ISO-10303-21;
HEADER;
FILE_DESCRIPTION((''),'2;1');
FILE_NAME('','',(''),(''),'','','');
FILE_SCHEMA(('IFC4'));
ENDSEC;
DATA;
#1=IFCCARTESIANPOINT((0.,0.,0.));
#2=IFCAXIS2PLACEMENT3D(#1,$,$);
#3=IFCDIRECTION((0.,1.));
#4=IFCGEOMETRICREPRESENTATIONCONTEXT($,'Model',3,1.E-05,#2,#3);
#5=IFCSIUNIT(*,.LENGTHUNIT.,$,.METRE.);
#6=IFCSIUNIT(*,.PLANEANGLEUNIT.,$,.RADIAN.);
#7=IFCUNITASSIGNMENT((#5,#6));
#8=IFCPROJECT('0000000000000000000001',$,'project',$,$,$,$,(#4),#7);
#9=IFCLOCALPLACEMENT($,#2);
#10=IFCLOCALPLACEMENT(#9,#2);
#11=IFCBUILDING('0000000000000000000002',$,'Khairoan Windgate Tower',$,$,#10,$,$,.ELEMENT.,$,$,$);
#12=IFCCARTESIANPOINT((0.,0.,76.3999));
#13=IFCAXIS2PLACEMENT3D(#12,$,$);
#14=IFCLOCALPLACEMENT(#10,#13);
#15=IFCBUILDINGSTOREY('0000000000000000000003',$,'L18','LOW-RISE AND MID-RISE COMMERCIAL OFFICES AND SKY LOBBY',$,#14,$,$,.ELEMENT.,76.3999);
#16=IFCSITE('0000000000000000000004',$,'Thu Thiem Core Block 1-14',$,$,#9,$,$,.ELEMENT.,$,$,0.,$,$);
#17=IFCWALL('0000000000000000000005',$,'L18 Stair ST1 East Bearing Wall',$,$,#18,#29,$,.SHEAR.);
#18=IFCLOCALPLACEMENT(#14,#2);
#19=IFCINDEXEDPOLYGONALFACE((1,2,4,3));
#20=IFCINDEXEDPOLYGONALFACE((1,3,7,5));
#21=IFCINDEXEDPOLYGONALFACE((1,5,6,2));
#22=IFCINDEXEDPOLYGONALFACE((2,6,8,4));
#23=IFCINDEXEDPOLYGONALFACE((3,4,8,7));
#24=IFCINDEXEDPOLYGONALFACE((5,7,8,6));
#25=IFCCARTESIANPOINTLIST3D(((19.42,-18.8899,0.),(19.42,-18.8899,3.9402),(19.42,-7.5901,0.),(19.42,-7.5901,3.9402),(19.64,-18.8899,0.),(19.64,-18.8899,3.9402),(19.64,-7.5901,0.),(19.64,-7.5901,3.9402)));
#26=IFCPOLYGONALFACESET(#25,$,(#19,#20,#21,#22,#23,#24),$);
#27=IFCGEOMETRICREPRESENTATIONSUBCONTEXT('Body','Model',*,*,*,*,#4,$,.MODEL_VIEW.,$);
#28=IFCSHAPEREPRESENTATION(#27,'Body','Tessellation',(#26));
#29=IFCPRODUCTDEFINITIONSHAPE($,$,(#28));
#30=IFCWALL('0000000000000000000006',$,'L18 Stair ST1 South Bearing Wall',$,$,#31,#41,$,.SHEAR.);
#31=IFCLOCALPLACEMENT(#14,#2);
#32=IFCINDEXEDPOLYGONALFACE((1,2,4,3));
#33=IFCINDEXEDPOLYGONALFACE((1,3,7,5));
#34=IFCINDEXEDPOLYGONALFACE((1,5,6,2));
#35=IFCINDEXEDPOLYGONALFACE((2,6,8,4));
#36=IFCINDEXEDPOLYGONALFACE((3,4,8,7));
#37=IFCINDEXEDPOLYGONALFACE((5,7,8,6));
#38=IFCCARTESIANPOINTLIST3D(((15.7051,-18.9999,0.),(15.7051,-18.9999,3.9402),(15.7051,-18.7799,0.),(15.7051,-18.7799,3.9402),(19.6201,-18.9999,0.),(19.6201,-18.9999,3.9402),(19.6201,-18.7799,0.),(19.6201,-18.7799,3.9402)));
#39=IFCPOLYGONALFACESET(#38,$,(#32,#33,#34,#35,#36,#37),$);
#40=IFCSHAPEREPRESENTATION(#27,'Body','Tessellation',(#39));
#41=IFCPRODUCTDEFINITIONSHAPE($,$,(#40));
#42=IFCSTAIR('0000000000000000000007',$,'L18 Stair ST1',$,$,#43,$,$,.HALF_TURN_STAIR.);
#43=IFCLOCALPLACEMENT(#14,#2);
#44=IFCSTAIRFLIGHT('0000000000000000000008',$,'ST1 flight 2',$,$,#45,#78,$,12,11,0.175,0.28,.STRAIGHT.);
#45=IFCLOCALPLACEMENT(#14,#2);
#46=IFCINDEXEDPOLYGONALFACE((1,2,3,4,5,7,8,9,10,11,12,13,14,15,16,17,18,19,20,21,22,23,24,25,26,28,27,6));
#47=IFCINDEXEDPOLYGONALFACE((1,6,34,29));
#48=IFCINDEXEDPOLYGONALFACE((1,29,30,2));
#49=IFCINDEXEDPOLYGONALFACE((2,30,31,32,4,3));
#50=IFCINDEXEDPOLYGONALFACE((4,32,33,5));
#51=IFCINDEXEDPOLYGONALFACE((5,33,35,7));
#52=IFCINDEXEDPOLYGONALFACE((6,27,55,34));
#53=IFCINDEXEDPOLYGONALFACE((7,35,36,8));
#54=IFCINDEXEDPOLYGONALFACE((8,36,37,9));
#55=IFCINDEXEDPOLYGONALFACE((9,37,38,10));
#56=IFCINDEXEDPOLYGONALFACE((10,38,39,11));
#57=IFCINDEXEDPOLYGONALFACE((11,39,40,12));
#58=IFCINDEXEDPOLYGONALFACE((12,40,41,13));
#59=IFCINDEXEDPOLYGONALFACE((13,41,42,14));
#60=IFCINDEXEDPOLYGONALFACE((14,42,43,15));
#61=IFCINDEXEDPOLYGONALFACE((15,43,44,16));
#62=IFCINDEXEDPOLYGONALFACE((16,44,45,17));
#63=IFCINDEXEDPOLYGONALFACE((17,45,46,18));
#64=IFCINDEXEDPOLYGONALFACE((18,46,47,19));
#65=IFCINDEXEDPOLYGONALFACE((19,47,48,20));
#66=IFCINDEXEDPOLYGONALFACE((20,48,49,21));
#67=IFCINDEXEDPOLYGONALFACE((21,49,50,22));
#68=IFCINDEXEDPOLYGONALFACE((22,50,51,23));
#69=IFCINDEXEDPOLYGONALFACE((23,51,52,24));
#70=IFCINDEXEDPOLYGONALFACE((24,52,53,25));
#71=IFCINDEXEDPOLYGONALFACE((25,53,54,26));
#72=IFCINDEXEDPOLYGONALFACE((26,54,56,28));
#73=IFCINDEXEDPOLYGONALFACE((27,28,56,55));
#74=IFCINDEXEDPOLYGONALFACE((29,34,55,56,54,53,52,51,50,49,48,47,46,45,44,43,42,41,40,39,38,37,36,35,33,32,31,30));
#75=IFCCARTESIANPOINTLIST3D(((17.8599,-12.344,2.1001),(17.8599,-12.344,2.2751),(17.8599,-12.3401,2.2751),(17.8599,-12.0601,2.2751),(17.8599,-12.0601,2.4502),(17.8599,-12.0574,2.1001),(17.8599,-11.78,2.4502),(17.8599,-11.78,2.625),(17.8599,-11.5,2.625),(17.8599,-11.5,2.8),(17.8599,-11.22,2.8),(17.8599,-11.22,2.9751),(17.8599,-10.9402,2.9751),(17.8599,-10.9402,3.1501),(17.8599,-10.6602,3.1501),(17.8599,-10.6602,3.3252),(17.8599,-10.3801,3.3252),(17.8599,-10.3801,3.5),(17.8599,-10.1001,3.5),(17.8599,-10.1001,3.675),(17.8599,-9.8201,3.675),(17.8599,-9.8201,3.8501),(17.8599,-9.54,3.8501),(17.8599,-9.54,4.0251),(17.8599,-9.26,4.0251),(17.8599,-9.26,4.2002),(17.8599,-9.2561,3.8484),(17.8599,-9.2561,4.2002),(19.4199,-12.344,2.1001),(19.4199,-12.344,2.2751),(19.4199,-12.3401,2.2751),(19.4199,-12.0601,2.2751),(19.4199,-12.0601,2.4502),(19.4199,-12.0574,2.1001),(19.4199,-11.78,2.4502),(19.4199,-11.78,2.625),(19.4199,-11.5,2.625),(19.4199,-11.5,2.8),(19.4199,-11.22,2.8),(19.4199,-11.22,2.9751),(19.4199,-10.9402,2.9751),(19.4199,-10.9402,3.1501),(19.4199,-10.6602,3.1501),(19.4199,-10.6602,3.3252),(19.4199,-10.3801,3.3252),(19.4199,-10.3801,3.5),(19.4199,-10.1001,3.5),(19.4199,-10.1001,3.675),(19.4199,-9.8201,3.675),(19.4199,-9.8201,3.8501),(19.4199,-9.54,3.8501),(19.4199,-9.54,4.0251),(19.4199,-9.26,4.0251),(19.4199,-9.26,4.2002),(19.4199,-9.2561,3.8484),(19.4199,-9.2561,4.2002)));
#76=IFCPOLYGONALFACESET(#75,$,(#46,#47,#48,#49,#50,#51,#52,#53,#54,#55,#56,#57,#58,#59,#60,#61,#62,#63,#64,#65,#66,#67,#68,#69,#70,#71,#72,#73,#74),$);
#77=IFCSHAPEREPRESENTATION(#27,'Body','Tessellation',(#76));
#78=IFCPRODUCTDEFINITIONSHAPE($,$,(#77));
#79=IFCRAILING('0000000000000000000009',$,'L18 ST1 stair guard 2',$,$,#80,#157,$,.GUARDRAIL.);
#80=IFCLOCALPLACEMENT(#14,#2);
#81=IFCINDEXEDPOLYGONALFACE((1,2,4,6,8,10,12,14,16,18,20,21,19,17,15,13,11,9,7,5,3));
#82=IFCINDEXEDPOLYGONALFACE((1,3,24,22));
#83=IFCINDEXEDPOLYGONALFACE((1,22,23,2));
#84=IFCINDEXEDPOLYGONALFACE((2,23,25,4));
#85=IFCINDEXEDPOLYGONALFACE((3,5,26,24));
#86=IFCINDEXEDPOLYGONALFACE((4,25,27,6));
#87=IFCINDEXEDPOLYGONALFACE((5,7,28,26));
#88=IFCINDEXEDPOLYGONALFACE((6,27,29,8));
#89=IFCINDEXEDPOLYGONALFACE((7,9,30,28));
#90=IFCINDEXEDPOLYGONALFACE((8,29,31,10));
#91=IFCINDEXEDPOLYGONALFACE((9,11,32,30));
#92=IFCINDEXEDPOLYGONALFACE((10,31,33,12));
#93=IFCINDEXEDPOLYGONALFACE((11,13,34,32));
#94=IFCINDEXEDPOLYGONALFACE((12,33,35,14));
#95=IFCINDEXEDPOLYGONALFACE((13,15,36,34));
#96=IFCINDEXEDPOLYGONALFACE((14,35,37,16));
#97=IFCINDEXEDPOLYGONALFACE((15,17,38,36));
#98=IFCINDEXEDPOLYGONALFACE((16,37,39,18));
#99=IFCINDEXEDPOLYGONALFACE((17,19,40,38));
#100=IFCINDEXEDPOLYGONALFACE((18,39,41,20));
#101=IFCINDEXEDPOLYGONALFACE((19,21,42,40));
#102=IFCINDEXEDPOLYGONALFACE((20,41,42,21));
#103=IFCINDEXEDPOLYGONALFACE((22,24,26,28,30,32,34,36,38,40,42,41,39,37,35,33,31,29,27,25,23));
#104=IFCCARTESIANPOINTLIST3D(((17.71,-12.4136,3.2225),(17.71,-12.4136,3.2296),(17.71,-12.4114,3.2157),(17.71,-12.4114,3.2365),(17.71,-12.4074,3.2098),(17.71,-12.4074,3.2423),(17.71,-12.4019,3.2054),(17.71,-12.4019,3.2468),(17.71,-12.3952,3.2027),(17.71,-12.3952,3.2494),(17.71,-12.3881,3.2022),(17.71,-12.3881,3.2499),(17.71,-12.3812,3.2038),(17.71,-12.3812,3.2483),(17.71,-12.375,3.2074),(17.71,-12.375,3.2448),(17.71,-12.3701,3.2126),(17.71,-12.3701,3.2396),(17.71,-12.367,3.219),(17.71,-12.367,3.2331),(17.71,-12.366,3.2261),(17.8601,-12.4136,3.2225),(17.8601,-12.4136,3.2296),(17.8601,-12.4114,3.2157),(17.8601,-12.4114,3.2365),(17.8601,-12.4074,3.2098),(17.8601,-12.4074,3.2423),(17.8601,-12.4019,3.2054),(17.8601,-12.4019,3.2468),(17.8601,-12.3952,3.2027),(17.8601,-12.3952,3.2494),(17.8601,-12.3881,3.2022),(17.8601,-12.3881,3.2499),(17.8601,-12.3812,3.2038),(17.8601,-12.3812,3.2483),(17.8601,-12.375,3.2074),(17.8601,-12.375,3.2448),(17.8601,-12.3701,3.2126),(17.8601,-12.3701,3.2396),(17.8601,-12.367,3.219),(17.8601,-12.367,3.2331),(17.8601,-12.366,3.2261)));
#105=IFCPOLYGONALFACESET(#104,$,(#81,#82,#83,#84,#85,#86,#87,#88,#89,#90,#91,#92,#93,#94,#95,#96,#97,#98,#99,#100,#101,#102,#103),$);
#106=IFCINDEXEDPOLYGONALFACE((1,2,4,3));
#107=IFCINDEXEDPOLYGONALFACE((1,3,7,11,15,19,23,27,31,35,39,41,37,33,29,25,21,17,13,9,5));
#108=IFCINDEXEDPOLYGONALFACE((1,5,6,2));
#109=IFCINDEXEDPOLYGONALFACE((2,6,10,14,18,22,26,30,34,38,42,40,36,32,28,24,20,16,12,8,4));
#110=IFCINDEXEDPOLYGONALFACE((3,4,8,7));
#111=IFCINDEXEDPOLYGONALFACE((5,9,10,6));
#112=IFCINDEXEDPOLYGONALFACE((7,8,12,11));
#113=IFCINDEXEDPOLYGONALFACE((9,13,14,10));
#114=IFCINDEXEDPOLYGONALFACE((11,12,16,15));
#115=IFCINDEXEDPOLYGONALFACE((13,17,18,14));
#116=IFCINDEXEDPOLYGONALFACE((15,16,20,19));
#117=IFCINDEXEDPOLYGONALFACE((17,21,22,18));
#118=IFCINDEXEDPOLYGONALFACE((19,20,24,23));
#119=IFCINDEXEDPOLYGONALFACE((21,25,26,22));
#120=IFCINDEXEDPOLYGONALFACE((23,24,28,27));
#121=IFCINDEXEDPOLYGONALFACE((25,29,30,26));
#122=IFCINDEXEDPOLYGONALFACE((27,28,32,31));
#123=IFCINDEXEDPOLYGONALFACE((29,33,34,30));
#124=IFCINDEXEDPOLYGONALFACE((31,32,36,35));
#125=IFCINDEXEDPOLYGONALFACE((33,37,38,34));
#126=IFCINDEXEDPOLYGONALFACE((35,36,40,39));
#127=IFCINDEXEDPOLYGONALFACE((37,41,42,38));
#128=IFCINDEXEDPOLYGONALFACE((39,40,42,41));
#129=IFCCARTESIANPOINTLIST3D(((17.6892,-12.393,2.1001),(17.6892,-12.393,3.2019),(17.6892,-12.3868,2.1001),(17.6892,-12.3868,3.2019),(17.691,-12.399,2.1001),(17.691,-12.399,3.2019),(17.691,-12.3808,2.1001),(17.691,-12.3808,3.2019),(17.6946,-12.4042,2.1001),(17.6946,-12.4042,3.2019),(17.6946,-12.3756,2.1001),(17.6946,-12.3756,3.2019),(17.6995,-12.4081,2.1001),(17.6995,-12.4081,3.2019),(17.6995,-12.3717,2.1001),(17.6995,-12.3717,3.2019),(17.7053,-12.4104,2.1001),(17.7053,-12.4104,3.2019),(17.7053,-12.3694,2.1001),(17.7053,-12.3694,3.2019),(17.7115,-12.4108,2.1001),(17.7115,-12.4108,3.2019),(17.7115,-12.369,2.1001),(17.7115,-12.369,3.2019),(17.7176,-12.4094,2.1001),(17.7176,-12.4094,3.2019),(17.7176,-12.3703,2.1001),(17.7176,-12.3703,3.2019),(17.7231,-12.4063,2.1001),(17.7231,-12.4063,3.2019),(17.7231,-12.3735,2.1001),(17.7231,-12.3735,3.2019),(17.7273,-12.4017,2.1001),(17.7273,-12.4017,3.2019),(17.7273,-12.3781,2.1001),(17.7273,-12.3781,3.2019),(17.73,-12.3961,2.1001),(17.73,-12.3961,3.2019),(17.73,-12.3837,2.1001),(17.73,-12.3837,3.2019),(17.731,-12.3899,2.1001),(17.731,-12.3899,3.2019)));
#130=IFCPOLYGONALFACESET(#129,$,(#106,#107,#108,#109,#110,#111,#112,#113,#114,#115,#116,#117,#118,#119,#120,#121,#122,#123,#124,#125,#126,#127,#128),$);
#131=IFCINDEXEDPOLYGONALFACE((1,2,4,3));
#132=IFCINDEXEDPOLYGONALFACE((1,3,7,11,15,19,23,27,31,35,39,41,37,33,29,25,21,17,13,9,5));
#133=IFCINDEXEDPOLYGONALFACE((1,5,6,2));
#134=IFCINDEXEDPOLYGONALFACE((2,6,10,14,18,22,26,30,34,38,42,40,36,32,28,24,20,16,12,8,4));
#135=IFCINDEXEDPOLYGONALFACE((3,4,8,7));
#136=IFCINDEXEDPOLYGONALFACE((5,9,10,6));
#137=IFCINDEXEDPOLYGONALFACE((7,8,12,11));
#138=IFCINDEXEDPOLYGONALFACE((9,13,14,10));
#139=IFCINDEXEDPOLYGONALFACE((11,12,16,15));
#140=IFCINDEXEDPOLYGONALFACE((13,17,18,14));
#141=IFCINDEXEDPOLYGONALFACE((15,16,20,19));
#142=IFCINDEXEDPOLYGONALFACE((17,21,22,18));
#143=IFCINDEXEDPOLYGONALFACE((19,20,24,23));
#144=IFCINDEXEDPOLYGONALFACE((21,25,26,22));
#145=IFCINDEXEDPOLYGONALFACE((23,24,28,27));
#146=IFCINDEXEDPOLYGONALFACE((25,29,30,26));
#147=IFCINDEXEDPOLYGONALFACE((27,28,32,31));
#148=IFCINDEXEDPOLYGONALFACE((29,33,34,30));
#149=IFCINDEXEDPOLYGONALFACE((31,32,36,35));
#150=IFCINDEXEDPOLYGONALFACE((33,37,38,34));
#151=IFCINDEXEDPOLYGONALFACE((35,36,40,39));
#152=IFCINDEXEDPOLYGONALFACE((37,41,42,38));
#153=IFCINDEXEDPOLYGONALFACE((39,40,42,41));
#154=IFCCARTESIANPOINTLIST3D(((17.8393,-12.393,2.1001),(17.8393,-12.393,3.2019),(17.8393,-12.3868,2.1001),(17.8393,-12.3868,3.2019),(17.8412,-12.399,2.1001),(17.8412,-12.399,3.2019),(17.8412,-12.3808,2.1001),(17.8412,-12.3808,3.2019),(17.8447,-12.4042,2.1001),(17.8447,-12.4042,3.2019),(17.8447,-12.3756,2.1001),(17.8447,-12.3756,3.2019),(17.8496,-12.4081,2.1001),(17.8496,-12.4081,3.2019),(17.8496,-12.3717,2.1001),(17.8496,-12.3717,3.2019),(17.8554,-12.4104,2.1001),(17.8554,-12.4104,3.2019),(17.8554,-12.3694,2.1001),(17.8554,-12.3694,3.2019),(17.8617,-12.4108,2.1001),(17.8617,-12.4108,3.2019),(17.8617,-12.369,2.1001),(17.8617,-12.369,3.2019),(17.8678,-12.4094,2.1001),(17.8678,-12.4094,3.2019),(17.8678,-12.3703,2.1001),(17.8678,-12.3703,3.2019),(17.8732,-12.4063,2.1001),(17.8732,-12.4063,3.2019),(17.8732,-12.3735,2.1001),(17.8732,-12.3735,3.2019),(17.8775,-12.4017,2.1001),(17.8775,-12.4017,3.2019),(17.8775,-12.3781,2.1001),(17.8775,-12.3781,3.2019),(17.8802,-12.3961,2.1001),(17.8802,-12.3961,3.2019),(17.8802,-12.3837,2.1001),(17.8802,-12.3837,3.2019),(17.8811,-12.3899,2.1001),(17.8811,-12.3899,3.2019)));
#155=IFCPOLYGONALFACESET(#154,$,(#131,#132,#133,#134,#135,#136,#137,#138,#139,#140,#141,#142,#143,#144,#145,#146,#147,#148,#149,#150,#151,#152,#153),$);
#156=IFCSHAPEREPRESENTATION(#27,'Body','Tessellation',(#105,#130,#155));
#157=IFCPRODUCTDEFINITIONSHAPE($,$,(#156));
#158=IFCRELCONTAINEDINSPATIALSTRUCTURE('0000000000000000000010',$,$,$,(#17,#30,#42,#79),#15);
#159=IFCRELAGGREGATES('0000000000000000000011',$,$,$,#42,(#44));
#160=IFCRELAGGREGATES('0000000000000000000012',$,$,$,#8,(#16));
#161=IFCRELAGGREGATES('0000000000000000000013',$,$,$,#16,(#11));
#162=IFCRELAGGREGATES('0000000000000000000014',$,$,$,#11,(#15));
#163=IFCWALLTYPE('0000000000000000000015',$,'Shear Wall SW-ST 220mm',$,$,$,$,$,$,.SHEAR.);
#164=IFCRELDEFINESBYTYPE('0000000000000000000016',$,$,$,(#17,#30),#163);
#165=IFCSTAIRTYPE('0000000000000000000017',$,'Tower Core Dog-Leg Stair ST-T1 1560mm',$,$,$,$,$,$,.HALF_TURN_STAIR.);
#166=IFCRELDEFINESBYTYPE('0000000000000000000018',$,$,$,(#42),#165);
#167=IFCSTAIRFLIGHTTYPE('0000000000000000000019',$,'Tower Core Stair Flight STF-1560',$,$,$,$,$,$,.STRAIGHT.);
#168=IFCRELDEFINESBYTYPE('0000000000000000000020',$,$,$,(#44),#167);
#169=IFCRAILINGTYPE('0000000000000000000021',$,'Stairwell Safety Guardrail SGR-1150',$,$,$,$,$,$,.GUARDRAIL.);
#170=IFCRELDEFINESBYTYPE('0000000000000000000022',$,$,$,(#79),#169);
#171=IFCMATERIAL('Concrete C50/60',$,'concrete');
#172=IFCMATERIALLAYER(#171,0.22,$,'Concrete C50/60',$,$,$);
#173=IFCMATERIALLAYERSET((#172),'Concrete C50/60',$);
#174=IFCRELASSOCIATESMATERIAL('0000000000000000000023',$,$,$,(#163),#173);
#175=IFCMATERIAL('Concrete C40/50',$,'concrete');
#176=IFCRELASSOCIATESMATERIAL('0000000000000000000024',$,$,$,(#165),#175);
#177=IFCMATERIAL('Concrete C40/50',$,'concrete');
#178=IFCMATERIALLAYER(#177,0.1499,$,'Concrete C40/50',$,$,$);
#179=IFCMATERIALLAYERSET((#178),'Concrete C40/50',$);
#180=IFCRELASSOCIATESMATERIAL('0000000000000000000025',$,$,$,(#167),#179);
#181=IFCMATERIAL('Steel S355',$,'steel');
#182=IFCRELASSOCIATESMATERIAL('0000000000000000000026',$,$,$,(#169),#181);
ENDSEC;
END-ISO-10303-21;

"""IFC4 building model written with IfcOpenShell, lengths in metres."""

from ifc_helpers import new_model, si_unit, direction, frame, frame_2d, origin, origin_2d, place, context, subcontext, project, spatial, polyline, rectangle, circle, outline, extrude, material, layer, layer_set, type_object, element, aggregate, save


model = new_model("IFC4")

# Units and contexts
model_context = context("Model", 3, precision=1e-05, world=origin(), true_north=direction((0.0, 1.0)))
body_context = subcontext(model_context, "Body", "Model", "MODEL_VIEW")
ifc_project = project(units=[si_unit("LENGTHUNIT", "METRE"), si_unit("PLANEANGLEUNIT", "RADIAN")], contexts=[model_context])

# Site, building, storey
site_placement = place(None, origin())
site = spatial("IfcSite", under=ifc_project, at=site_placement, Name="Thu Thiem Core Block 1-14", CompositionType="ELEMENT", RefElevation=0.0)
building_placement = place(site_placement, origin())
building = spatial("IfcBuilding", under=site, at=building_placement, Name="Khairoan Windgate Tower", CompositionType="ELEMENT")
storey_placement = place(building_placement, frame((0.0, 0.0, 76.3999)))
storey = spatial("IfcBuildingStorey", under=building, at=storey_placement, Name="L18", Description="LOW-RISE AND MID-RISE COMMERCIAL OFFICES AND SKY LOBBY", CompositionType="ELEMENT", Elevation=76.3999)

# Walls
ifc_material_1 = material(Name="Concrete C50/60", Category="concrete")
ifc_layer_1 = layer(ifc_material_1, 0.22, Name="Concrete C50/60")
ifc_layer_set_1 = layer_set([ifc_layer_1], Name="Concrete C50/60")
wall_type_1 = type_object("IfcWallType", Name="Shear Wall SW-ST 220mm", PredefinedType="SHEAR", material=ifc_layer_set_1)
for number, where, z_axis, x_axis, name in (
    (1, (19.53, -18.8899, 0.0), (0.0, 0.0, 1.0), (0.0, 1.0, 0.0), "L18 Stair ST1 East Bearing Wall"),
):
    element("IfcWall", number, at=place(storey_placement, frame(where, z_axis=z_axis, x_axis=x_axis)), inside=storey, type_object=wall_type_1, Name=name, PredefinedType="SHEAR", context=body_context, shape_type="SweptSolid", body=[
        extrude(rectangle(XDim=11.2998, YDim=0.22, at=frame_2d((5.6499, 0.0))), origin(), (0.0, 0.0, 1.0), 3.9402),
    ])
wall_1_placement = place(storey_placement, frame((15.7051, -18.8899, 0.0), z_axis=(0.0, 0.0, 1.0), x_axis=(1.0, 0.0, 0.0)))
element("IfcWall", 2, at=wall_1_placement, inside=storey, type_object=wall_type_1, Name="L18 Stair ST1 South Bearing Wall", PredefinedType="SHEAR", context=body_context, shape_type="SweptSolid", body=[
    extrude(rectangle(XDim=3.915, YDim=0.22, at=frame_2d((1.9575, 0.0))), origin(), (0.0, 0.0, 1.0), 3.9402),
])

# Stair, stair flight
ifc_material_2 = material(Name="Concrete C40/50", Category="concrete")
stair_type = type_object("IfcStairType", Name="Tower Core Dog-Leg Stair ST-T1 1560mm", PredefinedType="HALF_TURN_STAIR", material=ifc_material_2)
stair_placement = place(storey_placement, origin())
stair = element("IfcStair", 3, at=stair_placement, inside=storey, type_object=stair_type, Name="L18 Stair ST1", PredefinedType="HALF_TURN_STAIR")
ifc_material_3 = material(Name="Concrete C40/50", Category="concrete")
ifc_layer_2 = layer(ifc_material_3, 0.1499, Name="Concrete C40/50")
ifc_layer_set_2 = layer_set([ifc_layer_2], Name="Concrete C40/50")
stair_flight_type = type_object("IfcStairFlightType", Name="Tower Core Stair Flight STF-1560", PredefinedType="STRAIGHT", material=ifc_layer_set_2)
stair_flight_placement = place(storey_placement, frame((18.6399, -12.3401, 2.1001), z_axis=(0.0, 0.0, 1.0), x_axis=(0.0, 1.0, 0.0)))
stair_flight = element("IfcStairFlight", 4, at=stair_flight_placement, type_object=stair_flight_type, Name="ST1 flight 2", NumberOfRisers=12, NumberOfTreads=11, PredefinedType="STRAIGHT", RiserHeight=0.175, TreadLength=0.28, context=body_context, shape_type="SweptSolid", body=[
    extrude(outline(polyline([(-0.0039, 0.0), (-0.0039, 0.175), (0.0, 0.175), (0.28, 0.175), (0.28, 0.3501), (0.5601, 0.3501), (0.5601, 0.5249), (0.8401, 0.5249), (0.8401, 0.7), (1.1201, 0.7), (1.1201, 0.875), (1.3999, 0.875), (1.3999, 1.05), (1.6799, 1.05), (1.6799, 1.2251), (1.96, 1.2251), (1.96, 1.3999), (2.24, 1.3999), (2.24, 1.575), (2.52, 1.575), (2.52, 1.75), (2.8, 1.75), (2.8, 1.925), (3.0801, 1.925), (3.0801, 2.1001), (3.084, 2.1001), (3.084, 1.7483), (0.2827, 0.0), (-0.0039, 0.0)])), frame((0.0, 0.78, 0.0), z_axis=(0.0, -1.0, 0.0), x_axis=(1.0, 0.0, 0.0)), (0.0, 0.0, 1.0), 1.5601),
])
aggregate(stair, [stair_flight])

# Railing
ifc_material_4 = material(Name="Steel S355", Category="steel")
railing_type = type_object("IfcRailingType", Name="Stairwell Safety Guardrail SGR-1150", PredefinedType="GUARDRAIL", material=ifc_material_4)
railing_1_placement = place(storey_placement, frame((17.71, -12.3899, 2.1001)))
element("IfcRailing", 5, at=railing_1_placement, inside=storey, type_object=railing_type, Name="L18 ST1 stair guard 2", PredefinedType="GUARDRAIL", context=body_context, shape_type="SweptSolid", body=[
    extrude(circle(Radius=0.0239, at=origin_2d()), frame((0.0, 0.0, 1.126), z_axis=(1.0, 0.0, 0.0), x_axis=(0.0, 1.0, 0.0)), (0.0, 0.0, 1.0), 0.1501),
    extrude(circle(Radius=0.021, at=origin_2d()), origin(), (0.0, 0.0, 1.0), 1.1018),
    extrude(circle(Radius=0.021, at=origin_2d()), frame((0.1501, 0.0, 0.0)), (0.0, 0.0, 1.0), 1.1018),
])

save(model, "model.ifc")
